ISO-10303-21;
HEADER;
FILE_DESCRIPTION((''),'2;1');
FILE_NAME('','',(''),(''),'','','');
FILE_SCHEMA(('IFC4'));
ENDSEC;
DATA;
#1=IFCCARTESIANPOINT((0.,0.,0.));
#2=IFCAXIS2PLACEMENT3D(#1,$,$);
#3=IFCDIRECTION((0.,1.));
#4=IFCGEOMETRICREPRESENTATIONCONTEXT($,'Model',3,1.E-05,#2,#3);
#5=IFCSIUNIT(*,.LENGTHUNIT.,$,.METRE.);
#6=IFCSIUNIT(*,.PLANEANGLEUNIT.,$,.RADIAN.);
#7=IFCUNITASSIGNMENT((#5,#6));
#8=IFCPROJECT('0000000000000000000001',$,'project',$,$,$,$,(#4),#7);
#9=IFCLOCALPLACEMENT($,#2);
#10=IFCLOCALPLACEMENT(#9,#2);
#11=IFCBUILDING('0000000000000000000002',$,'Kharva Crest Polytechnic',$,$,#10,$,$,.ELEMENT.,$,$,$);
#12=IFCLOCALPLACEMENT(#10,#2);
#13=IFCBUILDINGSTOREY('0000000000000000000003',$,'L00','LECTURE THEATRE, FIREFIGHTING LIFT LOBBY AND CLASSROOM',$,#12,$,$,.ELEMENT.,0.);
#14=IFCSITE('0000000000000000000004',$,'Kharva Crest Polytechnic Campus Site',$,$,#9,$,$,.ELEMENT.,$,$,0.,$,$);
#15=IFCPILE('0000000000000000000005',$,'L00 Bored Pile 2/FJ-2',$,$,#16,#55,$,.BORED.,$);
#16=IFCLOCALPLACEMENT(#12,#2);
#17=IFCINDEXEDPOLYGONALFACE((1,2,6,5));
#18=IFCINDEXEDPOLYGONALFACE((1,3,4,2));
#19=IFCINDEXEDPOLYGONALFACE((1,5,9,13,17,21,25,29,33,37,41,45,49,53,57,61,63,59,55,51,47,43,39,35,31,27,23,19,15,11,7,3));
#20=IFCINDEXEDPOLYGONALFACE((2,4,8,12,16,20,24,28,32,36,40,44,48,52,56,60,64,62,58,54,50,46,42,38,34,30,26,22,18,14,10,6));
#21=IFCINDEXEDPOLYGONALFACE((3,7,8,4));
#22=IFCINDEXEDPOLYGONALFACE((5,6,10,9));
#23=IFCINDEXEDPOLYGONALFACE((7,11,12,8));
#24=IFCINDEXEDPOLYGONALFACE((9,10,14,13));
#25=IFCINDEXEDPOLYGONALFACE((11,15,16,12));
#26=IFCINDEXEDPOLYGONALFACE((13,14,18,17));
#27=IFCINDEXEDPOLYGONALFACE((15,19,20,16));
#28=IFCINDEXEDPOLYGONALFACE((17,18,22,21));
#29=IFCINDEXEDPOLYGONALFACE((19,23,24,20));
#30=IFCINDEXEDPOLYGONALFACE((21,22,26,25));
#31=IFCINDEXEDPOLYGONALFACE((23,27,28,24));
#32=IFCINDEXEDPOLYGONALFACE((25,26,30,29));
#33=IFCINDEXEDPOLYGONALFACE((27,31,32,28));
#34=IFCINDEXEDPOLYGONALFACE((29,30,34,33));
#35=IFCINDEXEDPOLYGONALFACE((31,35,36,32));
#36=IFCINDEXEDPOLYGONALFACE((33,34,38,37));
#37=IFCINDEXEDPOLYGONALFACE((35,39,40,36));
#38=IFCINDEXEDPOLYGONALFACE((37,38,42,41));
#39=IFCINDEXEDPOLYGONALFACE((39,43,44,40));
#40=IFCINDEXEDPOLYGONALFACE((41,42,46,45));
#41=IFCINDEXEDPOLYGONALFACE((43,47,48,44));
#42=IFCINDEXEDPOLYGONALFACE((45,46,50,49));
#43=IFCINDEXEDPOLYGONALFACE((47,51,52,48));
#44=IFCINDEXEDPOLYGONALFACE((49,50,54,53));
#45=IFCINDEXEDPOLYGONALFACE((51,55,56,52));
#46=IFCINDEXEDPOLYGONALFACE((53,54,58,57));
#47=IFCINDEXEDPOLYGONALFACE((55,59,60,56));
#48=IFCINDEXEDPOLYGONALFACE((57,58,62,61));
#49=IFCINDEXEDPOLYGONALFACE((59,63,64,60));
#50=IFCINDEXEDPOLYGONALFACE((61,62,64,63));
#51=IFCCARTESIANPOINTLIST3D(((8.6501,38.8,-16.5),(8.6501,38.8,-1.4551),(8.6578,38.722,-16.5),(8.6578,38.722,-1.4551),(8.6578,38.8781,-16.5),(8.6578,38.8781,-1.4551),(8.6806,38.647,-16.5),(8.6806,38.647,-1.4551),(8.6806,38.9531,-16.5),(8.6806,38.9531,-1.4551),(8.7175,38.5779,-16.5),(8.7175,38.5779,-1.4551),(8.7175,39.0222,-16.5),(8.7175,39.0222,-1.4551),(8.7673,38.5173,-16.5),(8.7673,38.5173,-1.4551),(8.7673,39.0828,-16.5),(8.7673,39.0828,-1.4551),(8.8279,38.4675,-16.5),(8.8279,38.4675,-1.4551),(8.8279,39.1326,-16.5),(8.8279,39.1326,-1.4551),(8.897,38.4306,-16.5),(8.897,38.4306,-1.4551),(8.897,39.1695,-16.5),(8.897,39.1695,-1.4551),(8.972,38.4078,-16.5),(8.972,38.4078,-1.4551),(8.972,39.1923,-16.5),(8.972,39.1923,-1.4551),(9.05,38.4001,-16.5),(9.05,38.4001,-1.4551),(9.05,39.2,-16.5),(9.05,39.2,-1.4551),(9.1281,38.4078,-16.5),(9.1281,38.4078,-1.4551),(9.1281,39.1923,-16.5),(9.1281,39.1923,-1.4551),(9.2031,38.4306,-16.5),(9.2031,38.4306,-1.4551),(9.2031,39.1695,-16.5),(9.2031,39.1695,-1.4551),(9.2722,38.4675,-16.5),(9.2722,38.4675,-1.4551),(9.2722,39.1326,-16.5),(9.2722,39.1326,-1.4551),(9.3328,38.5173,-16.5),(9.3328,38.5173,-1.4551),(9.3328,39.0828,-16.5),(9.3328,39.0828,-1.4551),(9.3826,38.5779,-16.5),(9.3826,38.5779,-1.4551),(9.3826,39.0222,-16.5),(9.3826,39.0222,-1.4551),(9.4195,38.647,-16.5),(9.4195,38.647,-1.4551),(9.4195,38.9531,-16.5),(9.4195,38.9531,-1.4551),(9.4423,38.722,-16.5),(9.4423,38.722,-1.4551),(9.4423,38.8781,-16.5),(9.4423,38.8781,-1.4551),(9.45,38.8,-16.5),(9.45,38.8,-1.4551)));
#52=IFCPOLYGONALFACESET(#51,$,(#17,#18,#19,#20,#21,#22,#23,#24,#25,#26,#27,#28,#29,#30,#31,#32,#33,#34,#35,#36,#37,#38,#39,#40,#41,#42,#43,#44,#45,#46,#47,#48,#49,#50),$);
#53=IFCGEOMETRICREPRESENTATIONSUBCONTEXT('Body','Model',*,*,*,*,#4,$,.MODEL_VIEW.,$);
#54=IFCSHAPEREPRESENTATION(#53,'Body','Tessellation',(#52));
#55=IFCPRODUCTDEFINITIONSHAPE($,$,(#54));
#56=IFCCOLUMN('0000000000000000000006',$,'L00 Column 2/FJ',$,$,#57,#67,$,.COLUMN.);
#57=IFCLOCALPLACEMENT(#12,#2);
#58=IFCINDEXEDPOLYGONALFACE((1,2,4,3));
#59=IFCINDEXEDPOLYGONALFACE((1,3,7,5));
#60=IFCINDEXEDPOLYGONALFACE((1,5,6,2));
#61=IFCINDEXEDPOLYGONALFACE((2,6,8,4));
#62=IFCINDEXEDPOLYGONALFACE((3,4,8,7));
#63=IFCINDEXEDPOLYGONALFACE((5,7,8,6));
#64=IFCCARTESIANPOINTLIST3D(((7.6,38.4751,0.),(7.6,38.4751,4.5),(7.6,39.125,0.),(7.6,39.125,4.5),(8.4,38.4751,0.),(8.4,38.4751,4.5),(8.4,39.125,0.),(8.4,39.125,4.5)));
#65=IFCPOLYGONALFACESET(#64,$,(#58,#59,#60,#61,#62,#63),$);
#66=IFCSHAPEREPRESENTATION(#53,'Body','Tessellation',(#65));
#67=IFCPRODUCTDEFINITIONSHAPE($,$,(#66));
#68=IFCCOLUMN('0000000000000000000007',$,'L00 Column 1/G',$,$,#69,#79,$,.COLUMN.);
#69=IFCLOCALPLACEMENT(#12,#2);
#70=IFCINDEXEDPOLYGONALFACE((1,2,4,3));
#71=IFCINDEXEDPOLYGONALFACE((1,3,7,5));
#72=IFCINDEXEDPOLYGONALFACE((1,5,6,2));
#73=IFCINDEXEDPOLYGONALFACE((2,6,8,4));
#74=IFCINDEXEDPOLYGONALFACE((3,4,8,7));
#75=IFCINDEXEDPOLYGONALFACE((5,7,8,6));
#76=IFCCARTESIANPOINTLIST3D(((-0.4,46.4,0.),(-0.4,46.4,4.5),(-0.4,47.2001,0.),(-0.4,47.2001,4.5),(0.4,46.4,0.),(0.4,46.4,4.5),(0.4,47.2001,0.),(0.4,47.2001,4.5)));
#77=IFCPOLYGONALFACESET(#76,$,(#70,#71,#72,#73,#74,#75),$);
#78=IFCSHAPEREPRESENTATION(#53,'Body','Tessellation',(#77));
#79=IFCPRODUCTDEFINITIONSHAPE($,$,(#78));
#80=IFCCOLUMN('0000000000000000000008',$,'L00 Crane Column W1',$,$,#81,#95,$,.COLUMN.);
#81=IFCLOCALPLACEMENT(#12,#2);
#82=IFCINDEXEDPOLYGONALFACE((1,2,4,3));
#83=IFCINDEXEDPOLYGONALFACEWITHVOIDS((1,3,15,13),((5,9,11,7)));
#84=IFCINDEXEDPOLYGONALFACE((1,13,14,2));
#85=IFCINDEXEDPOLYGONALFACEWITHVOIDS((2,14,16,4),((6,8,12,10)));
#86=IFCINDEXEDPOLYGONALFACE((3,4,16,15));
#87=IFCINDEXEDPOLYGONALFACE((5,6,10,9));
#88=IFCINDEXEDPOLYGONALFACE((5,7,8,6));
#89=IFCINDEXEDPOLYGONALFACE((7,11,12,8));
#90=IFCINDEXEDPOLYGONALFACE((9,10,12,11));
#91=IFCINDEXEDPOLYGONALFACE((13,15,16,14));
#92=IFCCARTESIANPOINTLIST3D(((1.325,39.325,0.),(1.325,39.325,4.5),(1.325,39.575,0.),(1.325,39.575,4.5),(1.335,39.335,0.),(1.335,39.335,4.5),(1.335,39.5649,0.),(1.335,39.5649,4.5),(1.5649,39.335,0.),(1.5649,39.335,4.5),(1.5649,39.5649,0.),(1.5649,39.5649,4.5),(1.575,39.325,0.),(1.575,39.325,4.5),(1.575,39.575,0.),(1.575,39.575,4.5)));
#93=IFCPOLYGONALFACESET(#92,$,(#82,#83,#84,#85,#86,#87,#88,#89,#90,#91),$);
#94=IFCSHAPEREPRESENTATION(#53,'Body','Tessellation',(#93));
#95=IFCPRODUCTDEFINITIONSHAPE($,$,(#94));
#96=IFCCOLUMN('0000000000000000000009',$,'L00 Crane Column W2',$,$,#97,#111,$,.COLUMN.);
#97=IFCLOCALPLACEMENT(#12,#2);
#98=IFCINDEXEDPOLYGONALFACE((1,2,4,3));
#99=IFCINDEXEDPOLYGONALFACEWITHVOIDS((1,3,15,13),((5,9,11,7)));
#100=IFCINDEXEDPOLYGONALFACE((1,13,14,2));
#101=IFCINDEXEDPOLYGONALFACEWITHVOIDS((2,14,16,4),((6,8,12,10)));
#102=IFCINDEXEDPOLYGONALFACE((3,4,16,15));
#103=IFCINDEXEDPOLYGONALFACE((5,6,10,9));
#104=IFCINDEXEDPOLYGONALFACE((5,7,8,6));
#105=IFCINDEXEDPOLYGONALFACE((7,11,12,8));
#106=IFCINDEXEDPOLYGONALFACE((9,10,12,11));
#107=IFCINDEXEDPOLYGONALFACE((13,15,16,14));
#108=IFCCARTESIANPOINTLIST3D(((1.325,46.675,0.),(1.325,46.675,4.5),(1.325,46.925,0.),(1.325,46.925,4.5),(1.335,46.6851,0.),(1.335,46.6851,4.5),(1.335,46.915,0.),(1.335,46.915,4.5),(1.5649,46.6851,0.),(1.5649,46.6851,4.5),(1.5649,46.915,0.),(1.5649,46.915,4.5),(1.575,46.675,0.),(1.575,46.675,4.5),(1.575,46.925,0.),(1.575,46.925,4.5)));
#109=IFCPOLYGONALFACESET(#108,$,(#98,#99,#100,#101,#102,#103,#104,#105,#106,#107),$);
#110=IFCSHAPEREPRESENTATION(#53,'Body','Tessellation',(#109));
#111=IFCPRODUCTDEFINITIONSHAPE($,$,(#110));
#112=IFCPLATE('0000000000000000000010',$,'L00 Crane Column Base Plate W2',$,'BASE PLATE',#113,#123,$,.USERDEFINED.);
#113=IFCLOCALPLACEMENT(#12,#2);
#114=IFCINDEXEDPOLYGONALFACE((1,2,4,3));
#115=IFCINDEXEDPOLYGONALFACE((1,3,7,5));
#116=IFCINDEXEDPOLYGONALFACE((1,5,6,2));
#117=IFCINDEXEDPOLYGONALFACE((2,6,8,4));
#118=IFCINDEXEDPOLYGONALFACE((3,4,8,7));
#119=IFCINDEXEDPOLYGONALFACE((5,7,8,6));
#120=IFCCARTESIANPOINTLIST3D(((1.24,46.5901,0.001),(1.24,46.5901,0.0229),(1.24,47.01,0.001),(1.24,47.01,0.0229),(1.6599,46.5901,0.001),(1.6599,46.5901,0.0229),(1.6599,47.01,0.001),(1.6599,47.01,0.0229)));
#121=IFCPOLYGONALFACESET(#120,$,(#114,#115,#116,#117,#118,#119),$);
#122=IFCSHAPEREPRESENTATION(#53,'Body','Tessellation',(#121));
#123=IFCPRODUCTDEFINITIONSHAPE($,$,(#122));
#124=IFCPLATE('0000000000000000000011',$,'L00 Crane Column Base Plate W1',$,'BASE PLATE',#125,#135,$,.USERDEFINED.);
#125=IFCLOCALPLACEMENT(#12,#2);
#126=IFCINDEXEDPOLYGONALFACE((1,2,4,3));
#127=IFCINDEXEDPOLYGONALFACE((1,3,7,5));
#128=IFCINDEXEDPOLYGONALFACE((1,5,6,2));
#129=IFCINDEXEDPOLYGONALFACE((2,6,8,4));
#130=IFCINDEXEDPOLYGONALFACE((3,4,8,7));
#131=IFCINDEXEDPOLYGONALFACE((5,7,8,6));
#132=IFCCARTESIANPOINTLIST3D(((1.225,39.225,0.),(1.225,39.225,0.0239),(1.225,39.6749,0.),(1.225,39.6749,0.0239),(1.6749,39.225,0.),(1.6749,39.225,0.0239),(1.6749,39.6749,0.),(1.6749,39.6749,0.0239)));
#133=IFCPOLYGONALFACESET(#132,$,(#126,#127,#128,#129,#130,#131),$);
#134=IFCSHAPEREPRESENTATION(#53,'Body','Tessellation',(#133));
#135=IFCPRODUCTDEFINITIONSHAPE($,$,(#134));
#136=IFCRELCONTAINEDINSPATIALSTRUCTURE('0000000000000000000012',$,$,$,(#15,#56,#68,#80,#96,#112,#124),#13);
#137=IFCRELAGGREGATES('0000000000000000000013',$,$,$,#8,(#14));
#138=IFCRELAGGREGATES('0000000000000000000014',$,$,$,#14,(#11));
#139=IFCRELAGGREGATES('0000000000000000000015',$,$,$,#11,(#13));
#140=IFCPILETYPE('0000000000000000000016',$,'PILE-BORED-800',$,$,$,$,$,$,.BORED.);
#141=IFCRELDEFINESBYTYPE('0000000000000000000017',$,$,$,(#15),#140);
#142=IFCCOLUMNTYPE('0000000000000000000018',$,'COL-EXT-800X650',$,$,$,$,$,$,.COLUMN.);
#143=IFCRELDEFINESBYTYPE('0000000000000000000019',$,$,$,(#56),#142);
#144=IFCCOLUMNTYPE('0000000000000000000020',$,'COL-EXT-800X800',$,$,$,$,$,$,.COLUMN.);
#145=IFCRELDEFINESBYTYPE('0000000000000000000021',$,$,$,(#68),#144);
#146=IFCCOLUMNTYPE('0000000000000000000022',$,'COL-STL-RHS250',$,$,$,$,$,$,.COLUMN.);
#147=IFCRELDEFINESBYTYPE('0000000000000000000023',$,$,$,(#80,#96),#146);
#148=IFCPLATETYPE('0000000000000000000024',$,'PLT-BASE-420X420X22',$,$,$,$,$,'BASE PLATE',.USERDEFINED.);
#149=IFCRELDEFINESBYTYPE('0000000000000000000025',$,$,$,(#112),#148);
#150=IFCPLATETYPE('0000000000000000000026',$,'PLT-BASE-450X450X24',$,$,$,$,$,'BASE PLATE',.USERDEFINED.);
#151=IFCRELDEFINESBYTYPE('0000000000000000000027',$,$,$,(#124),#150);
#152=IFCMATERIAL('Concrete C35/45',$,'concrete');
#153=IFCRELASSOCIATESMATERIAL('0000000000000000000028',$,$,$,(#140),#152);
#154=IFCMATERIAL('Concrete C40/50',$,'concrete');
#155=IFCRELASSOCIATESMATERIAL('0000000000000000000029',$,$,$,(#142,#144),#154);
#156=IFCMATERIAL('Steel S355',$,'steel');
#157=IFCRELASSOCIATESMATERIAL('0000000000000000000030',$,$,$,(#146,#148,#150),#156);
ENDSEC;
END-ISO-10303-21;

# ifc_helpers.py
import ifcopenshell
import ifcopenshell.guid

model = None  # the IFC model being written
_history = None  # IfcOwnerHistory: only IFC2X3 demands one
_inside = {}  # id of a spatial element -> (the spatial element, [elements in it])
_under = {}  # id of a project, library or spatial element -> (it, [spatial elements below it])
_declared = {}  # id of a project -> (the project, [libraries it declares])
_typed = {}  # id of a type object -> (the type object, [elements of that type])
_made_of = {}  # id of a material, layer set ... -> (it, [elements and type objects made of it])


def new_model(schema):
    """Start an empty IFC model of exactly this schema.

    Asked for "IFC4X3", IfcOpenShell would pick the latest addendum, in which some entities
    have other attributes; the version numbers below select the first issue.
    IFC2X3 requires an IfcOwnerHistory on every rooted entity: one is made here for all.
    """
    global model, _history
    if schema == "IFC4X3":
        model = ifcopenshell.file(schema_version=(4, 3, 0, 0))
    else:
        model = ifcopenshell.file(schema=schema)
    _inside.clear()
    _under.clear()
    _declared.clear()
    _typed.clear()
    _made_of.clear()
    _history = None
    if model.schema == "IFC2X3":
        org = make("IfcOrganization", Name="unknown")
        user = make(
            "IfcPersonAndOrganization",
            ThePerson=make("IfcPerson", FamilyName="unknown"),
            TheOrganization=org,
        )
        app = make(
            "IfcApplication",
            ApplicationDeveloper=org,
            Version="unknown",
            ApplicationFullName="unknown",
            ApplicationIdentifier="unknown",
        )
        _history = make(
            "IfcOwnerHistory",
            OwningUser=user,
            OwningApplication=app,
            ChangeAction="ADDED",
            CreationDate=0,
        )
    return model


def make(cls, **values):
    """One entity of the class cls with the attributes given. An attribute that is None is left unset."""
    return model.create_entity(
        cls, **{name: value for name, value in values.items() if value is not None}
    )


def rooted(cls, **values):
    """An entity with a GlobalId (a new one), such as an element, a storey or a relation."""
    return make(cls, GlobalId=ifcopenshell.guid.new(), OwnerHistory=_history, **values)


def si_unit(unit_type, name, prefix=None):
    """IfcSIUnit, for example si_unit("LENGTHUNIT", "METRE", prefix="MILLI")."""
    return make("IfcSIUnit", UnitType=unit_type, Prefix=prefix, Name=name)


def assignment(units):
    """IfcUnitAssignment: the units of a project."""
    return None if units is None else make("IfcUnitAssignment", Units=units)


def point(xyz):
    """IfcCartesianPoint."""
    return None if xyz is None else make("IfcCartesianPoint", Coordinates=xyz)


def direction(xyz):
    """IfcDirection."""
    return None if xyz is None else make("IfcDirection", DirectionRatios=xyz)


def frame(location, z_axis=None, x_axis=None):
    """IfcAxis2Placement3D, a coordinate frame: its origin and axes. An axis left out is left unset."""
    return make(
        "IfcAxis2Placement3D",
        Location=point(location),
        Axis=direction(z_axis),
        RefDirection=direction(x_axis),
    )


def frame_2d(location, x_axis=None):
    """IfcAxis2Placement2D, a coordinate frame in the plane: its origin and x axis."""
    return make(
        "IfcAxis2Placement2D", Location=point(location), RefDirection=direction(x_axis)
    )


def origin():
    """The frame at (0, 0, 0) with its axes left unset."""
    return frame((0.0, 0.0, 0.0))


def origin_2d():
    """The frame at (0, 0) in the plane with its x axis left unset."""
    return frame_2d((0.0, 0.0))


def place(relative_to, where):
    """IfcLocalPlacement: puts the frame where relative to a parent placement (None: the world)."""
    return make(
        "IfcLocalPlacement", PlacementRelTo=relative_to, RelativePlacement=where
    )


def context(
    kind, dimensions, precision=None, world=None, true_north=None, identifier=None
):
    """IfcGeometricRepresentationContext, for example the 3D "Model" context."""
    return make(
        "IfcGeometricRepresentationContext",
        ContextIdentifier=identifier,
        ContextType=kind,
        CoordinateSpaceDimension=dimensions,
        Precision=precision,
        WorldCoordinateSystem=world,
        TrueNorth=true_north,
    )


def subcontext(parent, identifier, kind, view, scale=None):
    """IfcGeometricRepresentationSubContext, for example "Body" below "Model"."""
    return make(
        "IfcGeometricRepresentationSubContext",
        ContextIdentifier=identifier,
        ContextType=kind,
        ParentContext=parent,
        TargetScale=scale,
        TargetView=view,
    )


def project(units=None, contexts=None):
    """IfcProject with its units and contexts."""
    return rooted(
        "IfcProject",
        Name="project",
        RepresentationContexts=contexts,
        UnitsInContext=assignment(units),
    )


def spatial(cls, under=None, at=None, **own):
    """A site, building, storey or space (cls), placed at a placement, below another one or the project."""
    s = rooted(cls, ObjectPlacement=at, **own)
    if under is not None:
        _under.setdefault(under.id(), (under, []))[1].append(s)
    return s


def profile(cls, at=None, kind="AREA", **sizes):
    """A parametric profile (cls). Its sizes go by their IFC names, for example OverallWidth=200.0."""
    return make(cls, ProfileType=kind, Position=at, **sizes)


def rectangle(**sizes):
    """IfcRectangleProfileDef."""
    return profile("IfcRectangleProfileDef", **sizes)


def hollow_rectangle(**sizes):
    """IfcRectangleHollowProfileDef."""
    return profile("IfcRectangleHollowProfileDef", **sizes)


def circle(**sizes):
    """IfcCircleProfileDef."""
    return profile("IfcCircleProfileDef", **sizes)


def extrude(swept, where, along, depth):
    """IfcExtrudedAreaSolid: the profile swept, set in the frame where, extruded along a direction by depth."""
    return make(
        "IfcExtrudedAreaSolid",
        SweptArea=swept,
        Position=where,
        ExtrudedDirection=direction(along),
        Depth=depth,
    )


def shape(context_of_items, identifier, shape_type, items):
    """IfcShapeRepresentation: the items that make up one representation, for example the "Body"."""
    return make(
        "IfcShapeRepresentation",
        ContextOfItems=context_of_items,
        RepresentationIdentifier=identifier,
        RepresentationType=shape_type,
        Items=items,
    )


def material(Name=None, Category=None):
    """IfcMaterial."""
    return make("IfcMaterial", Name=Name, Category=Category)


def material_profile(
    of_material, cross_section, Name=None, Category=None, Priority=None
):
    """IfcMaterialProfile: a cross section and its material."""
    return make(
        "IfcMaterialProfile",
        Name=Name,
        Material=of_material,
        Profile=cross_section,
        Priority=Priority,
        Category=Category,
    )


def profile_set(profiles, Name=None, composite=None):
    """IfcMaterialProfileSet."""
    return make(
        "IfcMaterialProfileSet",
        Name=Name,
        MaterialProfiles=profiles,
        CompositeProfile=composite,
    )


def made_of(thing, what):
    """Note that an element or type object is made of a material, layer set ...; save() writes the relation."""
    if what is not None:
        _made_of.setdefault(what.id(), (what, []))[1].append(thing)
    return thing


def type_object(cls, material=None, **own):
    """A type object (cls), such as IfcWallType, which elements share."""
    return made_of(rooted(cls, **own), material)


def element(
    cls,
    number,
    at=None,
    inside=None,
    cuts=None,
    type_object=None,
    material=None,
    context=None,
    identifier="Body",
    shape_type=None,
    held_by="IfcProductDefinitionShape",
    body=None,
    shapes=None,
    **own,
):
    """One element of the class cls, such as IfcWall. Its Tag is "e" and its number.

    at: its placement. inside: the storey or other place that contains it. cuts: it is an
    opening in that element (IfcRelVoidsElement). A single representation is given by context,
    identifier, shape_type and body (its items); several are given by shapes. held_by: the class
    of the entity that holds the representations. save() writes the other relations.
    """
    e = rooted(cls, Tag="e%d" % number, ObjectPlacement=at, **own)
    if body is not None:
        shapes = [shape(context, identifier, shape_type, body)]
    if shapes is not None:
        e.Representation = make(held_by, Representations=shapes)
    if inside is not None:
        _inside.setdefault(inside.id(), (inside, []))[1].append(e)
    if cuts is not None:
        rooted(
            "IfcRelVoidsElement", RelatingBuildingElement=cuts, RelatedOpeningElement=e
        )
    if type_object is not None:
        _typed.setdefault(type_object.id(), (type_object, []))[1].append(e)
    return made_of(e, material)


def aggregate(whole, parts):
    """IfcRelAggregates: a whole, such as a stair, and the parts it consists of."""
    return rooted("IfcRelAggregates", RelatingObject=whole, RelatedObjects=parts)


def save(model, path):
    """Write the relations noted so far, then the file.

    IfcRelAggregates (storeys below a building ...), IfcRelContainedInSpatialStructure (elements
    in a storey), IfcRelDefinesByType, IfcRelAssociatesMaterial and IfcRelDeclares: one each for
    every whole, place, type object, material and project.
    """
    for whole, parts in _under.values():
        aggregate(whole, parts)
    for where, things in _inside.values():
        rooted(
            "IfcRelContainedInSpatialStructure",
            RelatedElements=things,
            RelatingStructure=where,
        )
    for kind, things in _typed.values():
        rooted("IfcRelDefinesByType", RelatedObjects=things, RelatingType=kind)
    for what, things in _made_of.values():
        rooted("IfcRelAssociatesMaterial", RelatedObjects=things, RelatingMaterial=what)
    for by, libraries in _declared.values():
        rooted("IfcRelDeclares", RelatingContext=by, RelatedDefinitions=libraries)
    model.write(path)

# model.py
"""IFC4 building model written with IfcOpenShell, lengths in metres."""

from ifc_helpers import new_model, si_unit, direction, frame, origin, origin_2d, place, context, subcontext, project, spatial, rectangle, hollow_rectangle, circle, extrude, material, material_profile, profile_set, type_object, element, save


model = new_model("IFC4")

# Units and contexts
model_context = context("Model", 3, precision=1e-05, world=origin(), true_north=direction((0.0, 1.0)))
body_context = subcontext(model_context, "Body", "Model", "MODEL_VIEW")
ifc_project = project(units=[si_unit("LENGTHUNIT", "METRE"), si_unit("PLANEANGLEUNIT", "RADIAN")], contexts=[model_context])

# Site, building, storey
site_placement = place(None, origin())
site = spatial("IfcSite", under=ifc_project, at=site_placement, Name="Kharva Crest Polytechnic Campus Site", CompositionType="ELEMENT", RefElevation=0.0)
building_placement = place(site_placement, origin())
building = spatial("IfcBuilding", under=site, at=building_placement, Name="Kharva Crest Polytechnic", CompositionType="ELEMENT")
storey_placement = place(building_placement, origin())
storey = spatial("IfcBuildingStorey", under=building, at=storey_placement, Name="L00", Description="LECTURE THEATRE, FIREFIGHTING LIFT LOBBY AND CLASSROOM", CompositionType="ELEMENT", Elevation=0.0)

# Shared definitions
ifc_material_1 = material(Name="Concrete C35/45", Category="concrete")

# Pile
ifc_material_profile_1 = material_profile(ifc_material_1, circle(Radius=0.3999, at=origin_2d()), Name="DIA 800")
ifc_profile_set_1 = profile_set([ifc_material_profile_1], Name="Concrete C35/45")
pile_type = type_object("IfcPileType", Name="PILE-BORED-800", PredefinedType="BORED", material=ifc_profile_set_1)
for number, where, z_axis, x_axis, name in (
    (1, (9.05, 38.8, -1.4551), (0.0, 0.0, -1.0), (1.0, 0.0, 0.0), "L00 Bored Pile 2/FJ-2"),
):
    element("IfcPile", number, at=place(storey_placement, frame(where, z_axis=z_axis, x_axis=x_axis)), inside=storey, type_object=pile_type, Name=name, PredefinedType="BORED", context=body_context, shape_type="SweptSolid", body=[
        extrude(circle(Radius=0.3999, at=origin_2d()), origin(), (0.0, 0.0, 1.0), 15.0449),
    ])

# Columns
ifc_material_2 = material(Name="Concrete C40/50", Category="concrete")
ifc_material_profile_2 = material_profile(ifc_material_2, rectangle(XDim=0.8, YDim=0.6499, at=origin_2d()), Name="RECT 800 X 650")
ifc_profile_set_2 = profile_set([ifc_material_profile_2], Name="Concrete C40/50")
column_type_1 = type_object("IfcColumnType", Name="COL-EXT-800X650", PredefinedType="COLUMN", material=ifc_profile_set_2)
column_1_placement = place(storey_placement, frame((8.0, 38.8, 0.0), z_axis=(0.0, 0.0, 1.0), x_axis=(1.0, 0.0, 0.0)))
element("IfcColumn", 2, at=column_1_placement, inside=storey, type_object=column_type_1, Name="L00 Column 2/FJ", PredefinedType="COLUMN", context=body_context, shape_type="SweptSolid", body=[
    extrude(rectangle(XDim=0.8, YDim=0.6499, at=origin_2d()), origin(), (0.0, 0.0, 1.0), 4.5),
])
ifc_material_profile_3 = material_profile(ifc_material_2, rectangle(XDim=0.8, YDim=0.8, at=origin_2d()), Name="RECT 800 X 800")
ifc_profile_set_3 = profile_set([ifc_material_profile_3], Name="Concrete C40/50")
column_type_2 = type_object("IfcColumnType", Name="COL-EXT-800X800", PredefinedType="COLUMN", material=ifc_profile_set_3)
column_2_placement = place(storey_placement, frame((0.0, 46.8, 0.0), z_axis=(0.0, 0.0, 1.0), x_axis=(1.0, 0.0, 0.0)))
element("IfcColumn", 3, at=column_2_placement, inside=storey, type_object=column_type_2, Name="L00 Column 1/G", PredefinedType="COLUMN", context=body_context, shape_type="SweptSolid", body=[
    extrude(rectangle(XDim=0.8, YDim=0.8, at=origin_2d()), origin(), (0.0, 0.0, 1.0), 4.5),
])
ifc_material_3 = material(Name="Steel S355", Category="steel")
ifc_material_profile_4 = material_profile(ifc_material_3, hollow_rectangle(XDim=0.25, YDim=0.25, WallThickness=0.01, at=origin_2d()), Name="RHS 250X250X10.0")
ifc_profile_set_4 = profile_set([ifc_material_profile_4], Name="Steel S355")
column_type_3 = type_object("IfcColumnType", Name="COL-STL-RHS250", PredefinedType="COLUMN", material=ifc_profile_set_4)
for number, where, z_axis, x_axis, name in (
    (4, (1.45, 39.45, 0.0), (0.0, 0.0, 1.0), (1.0, 0.0, 0.0), "L00 Crane Column W1"),
    (5, (1.45, 46.8, 0.0), (0.0, 0.0, 1.0), (1.0, 0.0, 0.0), "L00 Crane Column W2"),
):
    element("IfcColumn", number, at=place(storey_placement, frame(where, z_axis=z_axis, x_axis=x_axis)), inside=storey, type_object=column_type_3, Name=name, PredefinedType="COLUMN", context=body_context, shape_type="SweptSolid", body=[
        extrude(hollow_rectangle(XDim=0.25, YDim=0.25, WallThickness=0.01, at=origin_2d()), origin(), (0.0, 0.0, 1.0), 4.5),
    ])

# Plates
plate_type_1 = type_object("IfcPlateType", Name="PLT-BASE-420X420X22", ElementType="BASE PLATE", PredefinedType="USERDEFINED", material=ifc_material_3)
plate_1_placement = place(storey_placement, frame((1.45, 46.8, 0.001), z_axis=(0.0, 0.0, 1.0), x_axis=(1.0, 0.0, 0.0)))
element("IfcPlate", 6, at=plate_1_placement, inside=storey, type_object=plate_type_1, Name="L00 Crane Column Base Plate W2", ObjectType="BASE PLATE", PredefinedType="USERDEFINED", context=body_context, shape_type="SweptSolid", body=[
    extrude(rectangle(XDim=0.4199, YDim=0.4199, at=origin_2d()), origin(), (0.0, 0.0, 1.0), 0.022),
])
plate_type_2 = type_object("IfcPlateType", Name="PLT-BASE-450X450X24", ElementType="BASE PLATE", PredefinedType="USERDEFINED", material=ifc_material_3)
plate_2_placement = place(storey_placement, frame((1.45, 39.45, 0.0), z_axis=(0.0, 0.0, 1.0), x_axis=(1.0, 0.0, 0.0)))
element("IfcPlate", 7, at=plate_2_placement, inside=storey, type_object=plate_type_2, Name="L00 Crane Column Base Plate W1", ObjectType="BASE PLATE", PredefinedType="USERDEFINED", context=body_context, shape_type="SweptSolid", body=[
    extrude(rectangle(XDim=0.45, YDim=0.45, at=origin_2d()), origin(), (0.0, 0.0, 1.0), 0.0239),
])

save(model, "model.ifc")
